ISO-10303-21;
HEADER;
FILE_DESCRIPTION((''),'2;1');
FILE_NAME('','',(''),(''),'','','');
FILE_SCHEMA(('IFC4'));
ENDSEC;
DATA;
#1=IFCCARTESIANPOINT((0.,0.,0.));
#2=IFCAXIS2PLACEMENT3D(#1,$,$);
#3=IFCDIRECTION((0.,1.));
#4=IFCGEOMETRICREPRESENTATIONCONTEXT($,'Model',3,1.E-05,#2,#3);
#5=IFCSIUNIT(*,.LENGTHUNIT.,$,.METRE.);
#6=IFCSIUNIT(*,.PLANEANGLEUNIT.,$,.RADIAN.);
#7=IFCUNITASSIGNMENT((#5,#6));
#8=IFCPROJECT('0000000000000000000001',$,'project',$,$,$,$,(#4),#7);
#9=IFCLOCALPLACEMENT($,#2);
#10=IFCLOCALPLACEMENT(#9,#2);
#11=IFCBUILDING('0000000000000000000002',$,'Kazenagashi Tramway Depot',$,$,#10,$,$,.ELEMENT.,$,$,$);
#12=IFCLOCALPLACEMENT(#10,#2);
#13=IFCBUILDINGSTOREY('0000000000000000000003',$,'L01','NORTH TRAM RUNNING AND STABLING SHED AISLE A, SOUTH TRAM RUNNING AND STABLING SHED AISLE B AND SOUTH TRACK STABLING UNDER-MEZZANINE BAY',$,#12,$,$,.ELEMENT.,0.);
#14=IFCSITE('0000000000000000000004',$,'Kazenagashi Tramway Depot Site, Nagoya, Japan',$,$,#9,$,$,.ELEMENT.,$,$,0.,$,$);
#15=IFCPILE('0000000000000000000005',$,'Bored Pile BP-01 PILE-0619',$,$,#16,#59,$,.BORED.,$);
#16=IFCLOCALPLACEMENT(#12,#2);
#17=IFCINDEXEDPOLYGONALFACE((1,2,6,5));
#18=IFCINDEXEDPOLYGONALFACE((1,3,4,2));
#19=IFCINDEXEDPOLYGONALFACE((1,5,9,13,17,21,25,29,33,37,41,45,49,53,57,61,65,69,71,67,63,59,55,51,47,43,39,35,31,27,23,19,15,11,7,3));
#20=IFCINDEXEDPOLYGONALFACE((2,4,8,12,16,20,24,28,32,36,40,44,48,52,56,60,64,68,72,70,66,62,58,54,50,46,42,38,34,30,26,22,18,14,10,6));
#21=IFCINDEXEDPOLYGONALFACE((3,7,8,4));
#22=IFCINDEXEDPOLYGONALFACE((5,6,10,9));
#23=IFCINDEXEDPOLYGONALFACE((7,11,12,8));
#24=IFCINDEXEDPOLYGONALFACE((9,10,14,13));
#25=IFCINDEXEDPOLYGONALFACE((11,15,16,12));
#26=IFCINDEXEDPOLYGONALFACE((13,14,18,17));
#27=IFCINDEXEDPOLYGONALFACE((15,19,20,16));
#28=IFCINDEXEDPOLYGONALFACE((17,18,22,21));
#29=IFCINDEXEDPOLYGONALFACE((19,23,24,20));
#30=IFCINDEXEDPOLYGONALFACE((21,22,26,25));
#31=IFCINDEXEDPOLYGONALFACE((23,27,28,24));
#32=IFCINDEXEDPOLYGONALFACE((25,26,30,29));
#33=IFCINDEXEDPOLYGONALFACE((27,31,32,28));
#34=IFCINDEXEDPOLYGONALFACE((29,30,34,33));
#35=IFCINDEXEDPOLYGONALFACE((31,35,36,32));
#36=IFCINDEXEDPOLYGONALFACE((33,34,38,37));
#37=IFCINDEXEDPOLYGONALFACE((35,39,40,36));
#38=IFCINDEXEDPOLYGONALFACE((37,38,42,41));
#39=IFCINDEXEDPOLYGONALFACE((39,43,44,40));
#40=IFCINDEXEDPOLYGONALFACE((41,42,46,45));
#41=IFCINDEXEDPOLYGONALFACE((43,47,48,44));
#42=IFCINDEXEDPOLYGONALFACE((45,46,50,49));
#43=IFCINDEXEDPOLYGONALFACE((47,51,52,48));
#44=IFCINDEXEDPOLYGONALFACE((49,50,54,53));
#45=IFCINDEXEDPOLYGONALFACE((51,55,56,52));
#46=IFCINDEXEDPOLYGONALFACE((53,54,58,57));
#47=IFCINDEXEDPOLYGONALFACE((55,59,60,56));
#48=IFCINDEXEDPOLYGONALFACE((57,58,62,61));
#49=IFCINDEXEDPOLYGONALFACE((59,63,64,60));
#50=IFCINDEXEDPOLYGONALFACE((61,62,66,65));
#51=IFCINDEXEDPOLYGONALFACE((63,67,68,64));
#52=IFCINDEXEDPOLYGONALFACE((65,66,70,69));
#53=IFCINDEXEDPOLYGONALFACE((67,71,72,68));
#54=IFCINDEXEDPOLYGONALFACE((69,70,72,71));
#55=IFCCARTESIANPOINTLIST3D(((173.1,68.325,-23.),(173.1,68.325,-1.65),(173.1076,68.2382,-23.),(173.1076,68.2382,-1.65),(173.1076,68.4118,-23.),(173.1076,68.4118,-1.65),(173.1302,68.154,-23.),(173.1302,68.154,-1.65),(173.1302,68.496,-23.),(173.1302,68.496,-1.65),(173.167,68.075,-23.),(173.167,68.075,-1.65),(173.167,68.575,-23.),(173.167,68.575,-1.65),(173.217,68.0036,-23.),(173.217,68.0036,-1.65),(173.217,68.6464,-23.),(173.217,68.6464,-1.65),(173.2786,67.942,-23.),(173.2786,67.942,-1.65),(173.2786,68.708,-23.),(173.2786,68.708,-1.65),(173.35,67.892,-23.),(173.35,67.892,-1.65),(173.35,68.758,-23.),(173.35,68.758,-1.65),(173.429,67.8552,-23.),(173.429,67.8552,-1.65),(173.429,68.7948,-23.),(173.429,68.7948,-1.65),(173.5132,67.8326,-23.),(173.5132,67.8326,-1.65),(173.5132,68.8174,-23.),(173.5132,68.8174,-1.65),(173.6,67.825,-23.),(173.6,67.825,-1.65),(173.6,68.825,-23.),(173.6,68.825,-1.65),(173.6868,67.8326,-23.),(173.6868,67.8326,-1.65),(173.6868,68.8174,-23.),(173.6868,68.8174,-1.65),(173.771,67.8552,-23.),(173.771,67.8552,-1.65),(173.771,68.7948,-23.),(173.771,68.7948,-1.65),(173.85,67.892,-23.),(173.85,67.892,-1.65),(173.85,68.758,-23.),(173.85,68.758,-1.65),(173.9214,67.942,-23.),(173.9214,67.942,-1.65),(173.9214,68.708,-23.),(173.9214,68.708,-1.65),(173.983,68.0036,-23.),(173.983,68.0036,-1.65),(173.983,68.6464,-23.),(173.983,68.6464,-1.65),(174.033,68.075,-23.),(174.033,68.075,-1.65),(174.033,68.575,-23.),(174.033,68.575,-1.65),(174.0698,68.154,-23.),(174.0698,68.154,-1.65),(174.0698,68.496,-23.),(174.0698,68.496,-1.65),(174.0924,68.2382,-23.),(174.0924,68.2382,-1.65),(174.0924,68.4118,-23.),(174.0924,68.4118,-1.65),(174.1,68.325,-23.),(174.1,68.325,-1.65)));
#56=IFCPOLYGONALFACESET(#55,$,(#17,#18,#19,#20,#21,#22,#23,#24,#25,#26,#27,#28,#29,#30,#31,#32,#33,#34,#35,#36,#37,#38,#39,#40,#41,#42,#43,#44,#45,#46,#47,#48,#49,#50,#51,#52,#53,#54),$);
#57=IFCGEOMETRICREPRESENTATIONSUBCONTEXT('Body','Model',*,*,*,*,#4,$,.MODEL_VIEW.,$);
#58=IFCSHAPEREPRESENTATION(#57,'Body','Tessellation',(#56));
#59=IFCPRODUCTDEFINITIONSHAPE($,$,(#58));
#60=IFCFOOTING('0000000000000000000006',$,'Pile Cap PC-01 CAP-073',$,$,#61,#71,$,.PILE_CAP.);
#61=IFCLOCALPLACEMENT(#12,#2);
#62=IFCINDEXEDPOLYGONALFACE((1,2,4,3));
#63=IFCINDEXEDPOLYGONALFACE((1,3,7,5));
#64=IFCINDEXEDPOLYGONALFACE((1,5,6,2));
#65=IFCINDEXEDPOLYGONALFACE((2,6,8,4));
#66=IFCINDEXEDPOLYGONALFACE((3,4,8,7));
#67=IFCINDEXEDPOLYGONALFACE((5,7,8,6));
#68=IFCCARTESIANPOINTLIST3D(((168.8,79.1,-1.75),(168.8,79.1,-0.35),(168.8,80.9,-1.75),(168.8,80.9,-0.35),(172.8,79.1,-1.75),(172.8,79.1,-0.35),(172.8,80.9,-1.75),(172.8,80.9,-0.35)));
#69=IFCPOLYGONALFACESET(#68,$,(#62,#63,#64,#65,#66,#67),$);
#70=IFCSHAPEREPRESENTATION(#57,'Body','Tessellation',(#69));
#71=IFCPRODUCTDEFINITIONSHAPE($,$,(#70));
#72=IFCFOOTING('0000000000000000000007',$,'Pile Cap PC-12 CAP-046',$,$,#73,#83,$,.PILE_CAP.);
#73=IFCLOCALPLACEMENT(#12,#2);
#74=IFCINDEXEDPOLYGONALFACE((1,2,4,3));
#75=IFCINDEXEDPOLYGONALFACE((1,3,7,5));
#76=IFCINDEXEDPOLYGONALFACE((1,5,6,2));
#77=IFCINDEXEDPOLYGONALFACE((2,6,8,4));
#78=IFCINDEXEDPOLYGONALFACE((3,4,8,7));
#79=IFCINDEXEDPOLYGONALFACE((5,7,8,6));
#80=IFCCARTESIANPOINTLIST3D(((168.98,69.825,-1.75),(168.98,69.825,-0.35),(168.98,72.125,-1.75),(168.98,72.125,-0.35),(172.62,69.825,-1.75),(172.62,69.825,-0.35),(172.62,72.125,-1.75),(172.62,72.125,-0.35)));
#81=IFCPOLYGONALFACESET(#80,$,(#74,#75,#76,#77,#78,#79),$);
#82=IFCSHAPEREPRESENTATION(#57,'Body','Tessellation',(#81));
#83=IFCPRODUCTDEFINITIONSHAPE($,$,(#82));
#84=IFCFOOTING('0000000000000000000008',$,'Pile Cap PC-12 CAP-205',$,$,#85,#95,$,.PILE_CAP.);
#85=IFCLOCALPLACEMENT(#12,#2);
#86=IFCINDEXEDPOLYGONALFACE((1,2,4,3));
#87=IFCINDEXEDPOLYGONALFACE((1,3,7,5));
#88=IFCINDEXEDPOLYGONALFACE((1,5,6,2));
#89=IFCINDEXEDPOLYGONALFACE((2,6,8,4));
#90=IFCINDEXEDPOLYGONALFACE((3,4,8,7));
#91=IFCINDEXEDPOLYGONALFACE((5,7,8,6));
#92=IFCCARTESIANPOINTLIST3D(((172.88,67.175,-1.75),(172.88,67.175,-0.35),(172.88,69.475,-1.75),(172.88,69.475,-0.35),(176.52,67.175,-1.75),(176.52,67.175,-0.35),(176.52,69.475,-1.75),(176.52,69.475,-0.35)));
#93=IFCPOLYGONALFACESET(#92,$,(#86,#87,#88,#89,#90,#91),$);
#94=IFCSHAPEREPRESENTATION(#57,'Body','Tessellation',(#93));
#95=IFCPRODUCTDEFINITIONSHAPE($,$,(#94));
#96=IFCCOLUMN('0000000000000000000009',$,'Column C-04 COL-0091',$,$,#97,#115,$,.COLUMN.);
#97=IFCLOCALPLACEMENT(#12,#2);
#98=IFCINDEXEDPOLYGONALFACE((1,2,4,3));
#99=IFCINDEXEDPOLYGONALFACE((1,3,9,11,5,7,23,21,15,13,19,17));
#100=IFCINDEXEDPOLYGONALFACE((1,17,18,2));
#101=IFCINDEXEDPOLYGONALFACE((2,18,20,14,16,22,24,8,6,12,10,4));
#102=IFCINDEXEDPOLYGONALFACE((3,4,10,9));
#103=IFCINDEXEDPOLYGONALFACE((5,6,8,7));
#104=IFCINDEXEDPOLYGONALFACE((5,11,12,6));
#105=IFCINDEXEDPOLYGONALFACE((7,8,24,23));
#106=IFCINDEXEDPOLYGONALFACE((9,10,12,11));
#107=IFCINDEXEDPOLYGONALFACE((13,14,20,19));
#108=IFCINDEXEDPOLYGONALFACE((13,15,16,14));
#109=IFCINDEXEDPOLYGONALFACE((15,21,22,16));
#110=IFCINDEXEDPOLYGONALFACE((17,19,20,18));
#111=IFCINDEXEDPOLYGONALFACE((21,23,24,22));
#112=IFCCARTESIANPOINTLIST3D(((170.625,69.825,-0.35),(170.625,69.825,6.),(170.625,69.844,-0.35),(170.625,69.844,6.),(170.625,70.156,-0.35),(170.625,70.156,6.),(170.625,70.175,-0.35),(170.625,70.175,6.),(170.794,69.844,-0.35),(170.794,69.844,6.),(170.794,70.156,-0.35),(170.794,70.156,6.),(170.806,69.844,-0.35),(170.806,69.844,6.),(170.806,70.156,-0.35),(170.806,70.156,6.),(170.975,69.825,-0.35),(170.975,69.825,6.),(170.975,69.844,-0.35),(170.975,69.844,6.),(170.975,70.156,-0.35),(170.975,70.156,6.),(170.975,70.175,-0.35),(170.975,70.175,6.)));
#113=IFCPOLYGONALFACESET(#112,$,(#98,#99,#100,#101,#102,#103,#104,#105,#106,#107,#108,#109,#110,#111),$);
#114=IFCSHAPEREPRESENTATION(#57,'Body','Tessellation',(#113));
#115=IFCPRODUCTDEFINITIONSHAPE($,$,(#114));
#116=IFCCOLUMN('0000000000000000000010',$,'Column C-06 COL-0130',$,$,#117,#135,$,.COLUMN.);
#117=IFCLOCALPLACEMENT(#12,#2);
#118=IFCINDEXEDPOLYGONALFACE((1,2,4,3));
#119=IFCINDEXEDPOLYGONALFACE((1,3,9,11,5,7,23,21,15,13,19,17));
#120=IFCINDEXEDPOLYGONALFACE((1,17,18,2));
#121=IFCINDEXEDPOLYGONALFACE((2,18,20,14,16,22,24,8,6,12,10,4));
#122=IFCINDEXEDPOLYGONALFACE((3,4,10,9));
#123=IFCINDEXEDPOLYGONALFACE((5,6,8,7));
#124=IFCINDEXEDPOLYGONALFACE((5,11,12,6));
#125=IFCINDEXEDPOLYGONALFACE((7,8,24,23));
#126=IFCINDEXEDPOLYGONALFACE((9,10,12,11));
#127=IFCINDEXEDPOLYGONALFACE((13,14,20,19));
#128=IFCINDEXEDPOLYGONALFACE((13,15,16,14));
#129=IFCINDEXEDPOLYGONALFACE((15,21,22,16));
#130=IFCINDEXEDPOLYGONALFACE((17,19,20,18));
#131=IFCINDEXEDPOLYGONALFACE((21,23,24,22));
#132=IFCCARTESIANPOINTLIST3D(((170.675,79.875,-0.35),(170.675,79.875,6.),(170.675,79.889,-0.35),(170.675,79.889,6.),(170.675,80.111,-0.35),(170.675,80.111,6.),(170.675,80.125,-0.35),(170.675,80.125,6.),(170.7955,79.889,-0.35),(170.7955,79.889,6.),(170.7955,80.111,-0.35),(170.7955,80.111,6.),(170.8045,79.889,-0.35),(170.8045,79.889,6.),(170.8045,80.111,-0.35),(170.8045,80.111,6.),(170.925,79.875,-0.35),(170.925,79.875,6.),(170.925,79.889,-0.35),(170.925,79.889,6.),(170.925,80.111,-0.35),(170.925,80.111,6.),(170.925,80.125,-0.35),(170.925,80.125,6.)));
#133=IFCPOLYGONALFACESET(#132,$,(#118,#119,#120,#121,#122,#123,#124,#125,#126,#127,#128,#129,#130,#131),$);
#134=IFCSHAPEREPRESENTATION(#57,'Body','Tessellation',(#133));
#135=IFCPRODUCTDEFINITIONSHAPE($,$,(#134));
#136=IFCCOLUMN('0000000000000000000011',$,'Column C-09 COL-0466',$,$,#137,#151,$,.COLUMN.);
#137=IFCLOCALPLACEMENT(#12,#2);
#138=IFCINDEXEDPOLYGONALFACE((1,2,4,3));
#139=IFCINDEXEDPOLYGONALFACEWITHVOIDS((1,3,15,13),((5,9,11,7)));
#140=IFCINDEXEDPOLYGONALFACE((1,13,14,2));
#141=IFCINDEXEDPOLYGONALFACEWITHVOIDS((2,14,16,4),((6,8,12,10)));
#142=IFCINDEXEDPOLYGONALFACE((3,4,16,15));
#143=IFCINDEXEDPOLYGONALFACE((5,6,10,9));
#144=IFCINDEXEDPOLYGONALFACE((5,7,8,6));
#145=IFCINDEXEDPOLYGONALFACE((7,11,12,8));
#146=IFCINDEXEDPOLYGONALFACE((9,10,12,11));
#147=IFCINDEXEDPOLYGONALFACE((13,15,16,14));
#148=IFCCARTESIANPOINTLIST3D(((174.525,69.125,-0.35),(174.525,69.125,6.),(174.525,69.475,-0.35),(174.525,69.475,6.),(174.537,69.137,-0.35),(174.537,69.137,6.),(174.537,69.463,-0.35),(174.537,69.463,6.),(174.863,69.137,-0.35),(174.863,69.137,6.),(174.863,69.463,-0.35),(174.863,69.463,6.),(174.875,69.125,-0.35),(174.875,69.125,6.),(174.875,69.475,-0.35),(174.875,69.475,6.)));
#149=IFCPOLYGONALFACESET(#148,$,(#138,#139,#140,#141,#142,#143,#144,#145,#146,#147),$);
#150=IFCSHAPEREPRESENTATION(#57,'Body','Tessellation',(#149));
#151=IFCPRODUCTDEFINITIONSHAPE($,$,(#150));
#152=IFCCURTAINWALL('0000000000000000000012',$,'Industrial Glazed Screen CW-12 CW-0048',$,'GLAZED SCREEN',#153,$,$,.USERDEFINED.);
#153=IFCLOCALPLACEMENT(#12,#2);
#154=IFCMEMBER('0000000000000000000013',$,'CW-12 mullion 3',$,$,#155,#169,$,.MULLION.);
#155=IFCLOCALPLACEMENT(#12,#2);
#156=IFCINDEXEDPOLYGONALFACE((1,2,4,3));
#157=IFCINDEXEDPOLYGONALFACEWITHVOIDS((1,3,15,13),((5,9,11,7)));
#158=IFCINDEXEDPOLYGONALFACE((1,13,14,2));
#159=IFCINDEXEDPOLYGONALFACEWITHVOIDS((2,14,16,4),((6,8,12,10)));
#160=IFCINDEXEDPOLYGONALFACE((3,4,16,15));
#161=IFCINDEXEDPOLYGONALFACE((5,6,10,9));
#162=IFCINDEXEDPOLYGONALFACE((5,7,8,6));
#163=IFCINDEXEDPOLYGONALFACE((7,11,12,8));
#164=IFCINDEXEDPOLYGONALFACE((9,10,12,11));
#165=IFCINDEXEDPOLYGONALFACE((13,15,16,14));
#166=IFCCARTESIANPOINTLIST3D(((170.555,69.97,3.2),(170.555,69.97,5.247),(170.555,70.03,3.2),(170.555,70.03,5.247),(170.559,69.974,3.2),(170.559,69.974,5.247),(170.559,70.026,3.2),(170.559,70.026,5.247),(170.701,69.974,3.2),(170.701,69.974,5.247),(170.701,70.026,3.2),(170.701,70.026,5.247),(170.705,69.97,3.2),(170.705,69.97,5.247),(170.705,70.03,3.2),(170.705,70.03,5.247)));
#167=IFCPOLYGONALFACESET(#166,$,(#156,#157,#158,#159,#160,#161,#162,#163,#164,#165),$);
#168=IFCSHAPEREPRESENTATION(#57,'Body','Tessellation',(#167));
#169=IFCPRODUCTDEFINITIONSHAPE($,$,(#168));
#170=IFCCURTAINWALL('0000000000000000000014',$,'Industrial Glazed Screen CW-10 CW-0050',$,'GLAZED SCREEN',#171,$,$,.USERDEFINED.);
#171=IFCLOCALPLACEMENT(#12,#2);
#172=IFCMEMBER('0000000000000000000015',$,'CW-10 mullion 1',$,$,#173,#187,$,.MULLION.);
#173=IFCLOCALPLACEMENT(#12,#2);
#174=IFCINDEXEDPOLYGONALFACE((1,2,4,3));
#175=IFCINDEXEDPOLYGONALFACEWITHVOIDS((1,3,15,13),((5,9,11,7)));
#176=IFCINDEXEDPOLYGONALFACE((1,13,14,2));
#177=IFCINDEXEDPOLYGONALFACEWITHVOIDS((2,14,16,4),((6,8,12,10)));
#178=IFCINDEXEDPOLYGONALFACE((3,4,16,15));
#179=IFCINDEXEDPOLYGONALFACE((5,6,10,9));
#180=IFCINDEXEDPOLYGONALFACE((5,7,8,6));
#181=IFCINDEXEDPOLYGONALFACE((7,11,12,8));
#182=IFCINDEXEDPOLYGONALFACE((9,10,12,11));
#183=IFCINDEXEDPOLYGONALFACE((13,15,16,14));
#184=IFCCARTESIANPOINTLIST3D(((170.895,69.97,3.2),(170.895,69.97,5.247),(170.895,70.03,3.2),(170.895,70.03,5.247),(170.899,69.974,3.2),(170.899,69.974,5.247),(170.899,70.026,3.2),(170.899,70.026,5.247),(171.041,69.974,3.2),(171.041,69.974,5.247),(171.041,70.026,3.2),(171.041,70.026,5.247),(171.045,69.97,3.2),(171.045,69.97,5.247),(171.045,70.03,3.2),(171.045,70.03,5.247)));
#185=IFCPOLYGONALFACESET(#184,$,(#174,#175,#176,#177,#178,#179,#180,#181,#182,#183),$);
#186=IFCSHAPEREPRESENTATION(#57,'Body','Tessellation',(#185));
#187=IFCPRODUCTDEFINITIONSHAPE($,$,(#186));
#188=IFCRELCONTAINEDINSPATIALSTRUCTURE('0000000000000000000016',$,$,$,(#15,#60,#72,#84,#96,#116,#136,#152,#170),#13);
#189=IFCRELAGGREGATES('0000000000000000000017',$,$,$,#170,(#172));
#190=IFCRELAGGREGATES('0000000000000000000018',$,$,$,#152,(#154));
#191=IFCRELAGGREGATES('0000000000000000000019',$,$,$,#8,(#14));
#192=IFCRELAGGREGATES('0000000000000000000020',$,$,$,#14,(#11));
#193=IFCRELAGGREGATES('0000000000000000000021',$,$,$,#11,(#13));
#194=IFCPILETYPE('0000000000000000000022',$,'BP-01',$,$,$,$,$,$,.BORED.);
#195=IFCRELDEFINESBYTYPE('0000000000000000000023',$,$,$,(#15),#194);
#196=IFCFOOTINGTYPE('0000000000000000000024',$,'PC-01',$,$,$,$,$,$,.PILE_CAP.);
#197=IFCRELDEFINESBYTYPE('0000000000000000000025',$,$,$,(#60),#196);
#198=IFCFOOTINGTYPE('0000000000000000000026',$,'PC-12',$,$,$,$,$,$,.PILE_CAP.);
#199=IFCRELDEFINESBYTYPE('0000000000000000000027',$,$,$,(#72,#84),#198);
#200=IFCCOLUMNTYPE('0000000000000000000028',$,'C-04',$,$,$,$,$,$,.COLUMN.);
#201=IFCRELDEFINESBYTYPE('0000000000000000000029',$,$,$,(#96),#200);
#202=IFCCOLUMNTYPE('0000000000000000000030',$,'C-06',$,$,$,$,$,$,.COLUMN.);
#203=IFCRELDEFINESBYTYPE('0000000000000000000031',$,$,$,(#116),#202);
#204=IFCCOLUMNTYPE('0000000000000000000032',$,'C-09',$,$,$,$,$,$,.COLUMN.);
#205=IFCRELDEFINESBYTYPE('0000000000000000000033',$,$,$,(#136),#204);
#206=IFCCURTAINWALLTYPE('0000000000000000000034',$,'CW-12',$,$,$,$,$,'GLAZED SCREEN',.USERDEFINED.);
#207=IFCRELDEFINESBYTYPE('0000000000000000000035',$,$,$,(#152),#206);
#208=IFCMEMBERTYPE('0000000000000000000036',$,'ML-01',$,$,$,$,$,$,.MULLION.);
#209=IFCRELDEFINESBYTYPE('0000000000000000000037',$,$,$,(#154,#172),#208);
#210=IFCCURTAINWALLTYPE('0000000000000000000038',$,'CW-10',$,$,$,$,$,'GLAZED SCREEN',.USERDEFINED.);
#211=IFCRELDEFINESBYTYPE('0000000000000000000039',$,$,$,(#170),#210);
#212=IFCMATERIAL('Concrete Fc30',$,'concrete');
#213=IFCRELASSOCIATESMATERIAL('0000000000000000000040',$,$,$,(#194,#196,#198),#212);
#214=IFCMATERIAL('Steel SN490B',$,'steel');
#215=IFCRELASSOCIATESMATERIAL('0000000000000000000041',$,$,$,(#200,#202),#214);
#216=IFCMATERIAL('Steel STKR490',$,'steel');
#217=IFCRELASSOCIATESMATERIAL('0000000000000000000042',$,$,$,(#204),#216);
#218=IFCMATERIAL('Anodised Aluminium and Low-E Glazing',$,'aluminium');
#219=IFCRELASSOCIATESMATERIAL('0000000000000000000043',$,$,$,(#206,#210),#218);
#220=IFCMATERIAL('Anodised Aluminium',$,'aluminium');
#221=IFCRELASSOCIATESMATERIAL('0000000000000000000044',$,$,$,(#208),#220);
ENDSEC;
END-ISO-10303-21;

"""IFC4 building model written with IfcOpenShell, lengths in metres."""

from ifc_helpers import new_model, si_unit, direction, frame, origin, origin_2d, place, context, subcontext, project, spatial, rectangle, hollow_rectangle, circle, i_section, extrude, material, material_profile, profile_set, type_object, element, aggregate, save


model = new_model("IFC4")

# Units and contexts
model_context = context("Model", 3, precision=1e-05, world=origin(), true_north=direction((0.0, 1.0)))
body_context = subcontext(model_context, "Body", "Model", "MODEL_VIEW")
ifc_project = project(units=[si_unit("LENGTHUNIT", "METRE"), si_unit("PLANEANGLEUNIT", "RADIAN")], contexts=[model_context])

# Site, building, storey
site_placement = place(None, origin())
site = spatial("IfcSite", under=ifc_project, at=site_placement, Name="Kazenagashi Tramway Depot Site, Nagoya, Japan", CompositionType="ELEMENT", RefElevation=0.0)
building_placement = place(site_placement, origin())
building = spatial("IfcBuilding", under=site, at=building_placement, Name="Kazenagashi Tramway Depot", CompositionType="ELEMENT")
storey_placement = place(building_placement, origin())
storey = spatial("IfcBuildingStorey", under=building, at=storey_placement, Name="L01", Description="NORTH TRAM RUNNING AND STABLING SHED AISLE A, SOUTH TRAM RUNNING AND STABLING SHED AISLE B AND SOUTH TRACK STABLING UNDER-MEZZANINE BAY", CompositionType="ELEMENT", Elevation=0.0)

# Pile
ifc_material_1 = material(Name="Concrete Fc30", Category="concrete")
ifc_material_profile_1 = material_profile(ifc_material_1, circle(Radius=0.5, at=origin_2d()), Name="PILE-1000")
ifc_profile_set_1 = profile_set([ifc_material_profile_1], Name="Concrete Fc30")
pile_type = type_object("IfcPileType", Name="BP-01", PredefinedType="BORED", material=ifc_profile_set_1)
for number, where, z_axis, x_axis, name in (
    (1, (173.6, 68.325, -1.65), (0.0, 0.0, -1.0), (1.0, 0.0, 0.0), "Bored Pile BP-01 PILE-0619"),
):
    element("IfcPile", number, at=place(storey_placement, frame(where, z_axis=z_axis, x_axis=x_axis)), inside=storey, type_object=pile_type, Name=name, PredefinedType="BORED", context=body_context, shape_type="SweptSolid", body=[
        extrude(circle(Radius=0.5, at=origin_2d()), origin(), (0.0, 0.0, 1.0), 21.35),
    ])

# Footings
footing_type_1 = type_object("IfcFootingType", Name="PC-01", PredefinedType="PILE_CAP", material=ifc_material_1)
footing_placement = place(storey_placement, frame((170.8, 80.0, -1.75), z_axis=(0.0, 0.0, 1.0), x_axis=(1.0, 0.0, 0.0)))
element("IfcFooting", 2, at=footing_placement, inside=storey, type_object=footing_type_1, Name="Pile Cap PC-01 CAP-073", PredefinedType="PILE_CAP", context=body_context, shape_type="SweptSolid", body=[
    extrude(rectangle(XDim=4.0, YDim=1.8, at=origin_2d()), origin(), (0.0, 0.0, 1.0), 1.4),
])
footing_type_2 = type_object("IfcFootingType", Name="PC-12", PredefinedType="PILE_CAP", material=ifc_material_1)
for number, where, z_axis, x_axis, name in (
    (3, (170.8, 70.975, -1.75), (0.0, 0.0, 1.0), (1.0, 0.0, 0.0), "Pile Cap PC-12 CAP-046"),
    (4, (174.7, 68.325, -1.75), (0.0, 0.0, 1.0), (1.0, 0.0, 0.0), "Pile Cap PC-12 CAP-205"),
):
    element("IfcFooting", number, at=place(storey_placement, frame(where, z_axis=z_axis, x_axis=x_axis)), inside=storey, type_object=footing_type_2, Name=name, PredefinedType="PILE_CAP", context=body_context, shape_type="SweptSolid", body=[
        extrude(rectangle(XDim=3.64, YDim=2.3, at=origin_2d()), origin(), (0.0, 0.0, 1.0), 1.4),
    ])

# Columns
ifc_material_2 = material(Name="Steel SN490B", Category="steel")
ifc_material_profile_2 = material_profile(ifc_material_2, i_section(OverallWidth=0.35, OverallDepth=0.35, WebThickness=0.012, FlangeThickness=0.019, at=origin_2d()), Name="H-350x350x12x19")
ifc_profile_set_2 = profile_set([ifc_material_profile_2], Name="Steel SN490B")
column_type_1 = type_object("IfcColumnType", Name="C-04", PredefinedType="COLUMN", material=ifc_profile_set_2)
column_1_placement = place(storey_placement, frame((170.8, 70.0, -0.35), z_axis=(0.0, 0.0, 1.0), x_axis=(1.0, 0.0, 0.0)))
element("IfcColumn", 5, at=column_1_placement, inside=storey, type_object=column_type_1, Name="Column C-04 COL-0091", PredefinedType="COLUMN", context=body_context, shape_type="SweptSolid", body=[
    extrude(i_section(OverallWidth=0.35, OverallDepth=0.35, WebThickness=0.012, FlangeThickness=0.019, at=origin_2d()), origin(), (0.0, 0.0, 1.0), 6.35),
])
ifc_material_profile_3 = material_profile(ifc_material_2, i_section(OverallWidth=0.25, OverallDepth=0.25, WebThickness=0.009, FlangeThickness=0.014, at=origin_2d()), Name="H-250x250x9x14")
ifc_profile_set_3 = profile_set([ifc_material_profile_3], Name="Steel SN490B")
column_type_2 = type_object("IfcColumnType", Name="C-06", PredefinedType="COLUMN", material=ifc_profile_set_3)
column_2_placement = place(storey_placement, frame((170.8, 80.0, -0.35), z_axis=(0.0, 0.0, 1.0), x_axis=(1.0, 0.0, 0.0)))
element("IfcColumn", 6, at=column_2_placement, inside=storey, type_object=column_type_2, Name="Column C-06 COL-0130", PredefinedType="COLUMN", context=body_context, shape_type="SweptSolid", body=[
    extrude(i_section(OverallWidth=0.25, OverallDepth=0.25, WebThickness=0.009, FlangeThickness=0.014, at=origin_2d()), origin(), (0.0, 0.0, 1.0), 6.35),
])
ifc_material_3 = material(Name="Steel STKR490", Category="steel")
ifc_material_profile_4 = material_profile(ifc_material_3, hollow_rectangle(XDim=0.35, YDim=0.35, WallThickness=0.012, at=origin_2d()), Name="SHS-350x350x12")
ifc_profile_set_4 = profile_set([ifc_material_profile_4], Name="Steel STKR490")
column_type_3 = type_object("IfcColumnType", Name="C-09", PredefinedType="COLUMN", material=ifc_profile_set_4)
column_3_placement = place(storey_placement, frame((174.7, 69.3, -0.35), z_axis=(0.0, 0.0, 1.0), x_axis=(1.0, 0.0, 0.0)))
element("IfcColumn", 7, at=column_3_placement, inside=storey, type_object=column_type_3, Name="Column C-09 COL-0466", PredefinedType="COLUMN", context=body_context, shape_type="SweptSolid", body=[
    extrude(hollow_rectangle(XDim=0.35, YDim=0.35, WallThickness=0.012, at=origin_2d()), origin(), (0.0, 0.0, 1.0), 6.35),
])

# Curtain wall, member
ifc_material_4 = material(Name="Anodised Aluminium and Low-E Glazing", Category="aluminium")
curtain_wall_type_1 = type_object("IfcCurtainWallType", Name="CW-12", ElementType="GLAZED SCREEN", PredefinedType="USERDEFINED", material=ifc_material_4)
curtain_wall_1_placement = place(storey_placement, origin())
curtain_wall_1 = element("IfcCurtainWall", 8, at=curtain_wall_1_placement, inside=storey, type_object=curtain_wall_type_1, Name="Industrial Glazed Screen CW-12 CW-0048", ObjectType="GLAZED SCREEN", PredefinedType="USERDEFINED")
ifc_material_5 = material(Name="Anodised Aluminium", Category="aluminium")
ifc_material_profile_5 = material_profile(ifc_material_5, hollow_rectangle(XDim=0.06, YDim=0.15, WallThickness=0.004, at=origin_2d()), Name="RHS-150x60x4")
ifc_profile_set_5 = profile_set([ifc_material_profile_5], Name="Anodised Aluminium")
member_type_1 = type_object("IfcMemberType", Name="ML-01", PredefinedType="MULLION", material=ifc_profile_set_5)
member_1_placement = place(storey_placement, frame((170.63, 70.0, 3.2), z_axis=(0.0, 0.0, 1.0), x_axis=(0.0, 1.0, 0.0)))
member_1 = element("IfcMember", 9, at=member_1_placement, type_object=member_type_1, Name="CW-12 mullion 3", PredefinedType="MULLION", context=body_context, shape_type="SweptSolid", body=[
    extrude(hollow_rectangle(XDim=0.06, YDim=0.15, WallThickness=0.004, at=origin_2d()), origin(), (0.0, 0.0, 1.0), 2.047),
])

# Curtain wall, member
curtain_wall_type_2 = type_object("IfcCurtainWallType", Name="CW-10", ElementType="GLAZED SCREEN", PredefinedType="USERDEFINED", material=ifc_material_4)
curtain_wall_2_placement = place(storey_placement, origin())
curtain_wall_2 = element("IfcCurtainWall", 10, at=curtain_wall_2_placement, inside=storey, type_object=curtain_wall_type_2, Name="Industrial Glazed Screen CW-10 CW-0050", ObjectType="GLAZED SCREEN", PredefinedType="USERDEFINED")
member_2_placement = place(storey_placement, frame((170.97, 70.0, 3.2), z_axis=(0.0, 0.0, 1.0), x_axis=(0.0, 1.0, 0.0)))
member_2 = element("IfcMember", 11, at=member_2_placement, type_object=member_type_1, Name="CW-10 mullion 1", PredefinedType="MULLION", context=body_context, shape_type="SweptSolid", body=[
    extrude(hollow_rectangle(XDim=0.06, YDim=0.15, WallThickness=0.004, at=origin_2d()), origin(), (0.0, 0.0, 1.0), 2.047),
])

aggregate(curtain_wall_2, [member_2])
aggregate(curtain_wall_1, [member_1])

save(model, "model.ifc")
